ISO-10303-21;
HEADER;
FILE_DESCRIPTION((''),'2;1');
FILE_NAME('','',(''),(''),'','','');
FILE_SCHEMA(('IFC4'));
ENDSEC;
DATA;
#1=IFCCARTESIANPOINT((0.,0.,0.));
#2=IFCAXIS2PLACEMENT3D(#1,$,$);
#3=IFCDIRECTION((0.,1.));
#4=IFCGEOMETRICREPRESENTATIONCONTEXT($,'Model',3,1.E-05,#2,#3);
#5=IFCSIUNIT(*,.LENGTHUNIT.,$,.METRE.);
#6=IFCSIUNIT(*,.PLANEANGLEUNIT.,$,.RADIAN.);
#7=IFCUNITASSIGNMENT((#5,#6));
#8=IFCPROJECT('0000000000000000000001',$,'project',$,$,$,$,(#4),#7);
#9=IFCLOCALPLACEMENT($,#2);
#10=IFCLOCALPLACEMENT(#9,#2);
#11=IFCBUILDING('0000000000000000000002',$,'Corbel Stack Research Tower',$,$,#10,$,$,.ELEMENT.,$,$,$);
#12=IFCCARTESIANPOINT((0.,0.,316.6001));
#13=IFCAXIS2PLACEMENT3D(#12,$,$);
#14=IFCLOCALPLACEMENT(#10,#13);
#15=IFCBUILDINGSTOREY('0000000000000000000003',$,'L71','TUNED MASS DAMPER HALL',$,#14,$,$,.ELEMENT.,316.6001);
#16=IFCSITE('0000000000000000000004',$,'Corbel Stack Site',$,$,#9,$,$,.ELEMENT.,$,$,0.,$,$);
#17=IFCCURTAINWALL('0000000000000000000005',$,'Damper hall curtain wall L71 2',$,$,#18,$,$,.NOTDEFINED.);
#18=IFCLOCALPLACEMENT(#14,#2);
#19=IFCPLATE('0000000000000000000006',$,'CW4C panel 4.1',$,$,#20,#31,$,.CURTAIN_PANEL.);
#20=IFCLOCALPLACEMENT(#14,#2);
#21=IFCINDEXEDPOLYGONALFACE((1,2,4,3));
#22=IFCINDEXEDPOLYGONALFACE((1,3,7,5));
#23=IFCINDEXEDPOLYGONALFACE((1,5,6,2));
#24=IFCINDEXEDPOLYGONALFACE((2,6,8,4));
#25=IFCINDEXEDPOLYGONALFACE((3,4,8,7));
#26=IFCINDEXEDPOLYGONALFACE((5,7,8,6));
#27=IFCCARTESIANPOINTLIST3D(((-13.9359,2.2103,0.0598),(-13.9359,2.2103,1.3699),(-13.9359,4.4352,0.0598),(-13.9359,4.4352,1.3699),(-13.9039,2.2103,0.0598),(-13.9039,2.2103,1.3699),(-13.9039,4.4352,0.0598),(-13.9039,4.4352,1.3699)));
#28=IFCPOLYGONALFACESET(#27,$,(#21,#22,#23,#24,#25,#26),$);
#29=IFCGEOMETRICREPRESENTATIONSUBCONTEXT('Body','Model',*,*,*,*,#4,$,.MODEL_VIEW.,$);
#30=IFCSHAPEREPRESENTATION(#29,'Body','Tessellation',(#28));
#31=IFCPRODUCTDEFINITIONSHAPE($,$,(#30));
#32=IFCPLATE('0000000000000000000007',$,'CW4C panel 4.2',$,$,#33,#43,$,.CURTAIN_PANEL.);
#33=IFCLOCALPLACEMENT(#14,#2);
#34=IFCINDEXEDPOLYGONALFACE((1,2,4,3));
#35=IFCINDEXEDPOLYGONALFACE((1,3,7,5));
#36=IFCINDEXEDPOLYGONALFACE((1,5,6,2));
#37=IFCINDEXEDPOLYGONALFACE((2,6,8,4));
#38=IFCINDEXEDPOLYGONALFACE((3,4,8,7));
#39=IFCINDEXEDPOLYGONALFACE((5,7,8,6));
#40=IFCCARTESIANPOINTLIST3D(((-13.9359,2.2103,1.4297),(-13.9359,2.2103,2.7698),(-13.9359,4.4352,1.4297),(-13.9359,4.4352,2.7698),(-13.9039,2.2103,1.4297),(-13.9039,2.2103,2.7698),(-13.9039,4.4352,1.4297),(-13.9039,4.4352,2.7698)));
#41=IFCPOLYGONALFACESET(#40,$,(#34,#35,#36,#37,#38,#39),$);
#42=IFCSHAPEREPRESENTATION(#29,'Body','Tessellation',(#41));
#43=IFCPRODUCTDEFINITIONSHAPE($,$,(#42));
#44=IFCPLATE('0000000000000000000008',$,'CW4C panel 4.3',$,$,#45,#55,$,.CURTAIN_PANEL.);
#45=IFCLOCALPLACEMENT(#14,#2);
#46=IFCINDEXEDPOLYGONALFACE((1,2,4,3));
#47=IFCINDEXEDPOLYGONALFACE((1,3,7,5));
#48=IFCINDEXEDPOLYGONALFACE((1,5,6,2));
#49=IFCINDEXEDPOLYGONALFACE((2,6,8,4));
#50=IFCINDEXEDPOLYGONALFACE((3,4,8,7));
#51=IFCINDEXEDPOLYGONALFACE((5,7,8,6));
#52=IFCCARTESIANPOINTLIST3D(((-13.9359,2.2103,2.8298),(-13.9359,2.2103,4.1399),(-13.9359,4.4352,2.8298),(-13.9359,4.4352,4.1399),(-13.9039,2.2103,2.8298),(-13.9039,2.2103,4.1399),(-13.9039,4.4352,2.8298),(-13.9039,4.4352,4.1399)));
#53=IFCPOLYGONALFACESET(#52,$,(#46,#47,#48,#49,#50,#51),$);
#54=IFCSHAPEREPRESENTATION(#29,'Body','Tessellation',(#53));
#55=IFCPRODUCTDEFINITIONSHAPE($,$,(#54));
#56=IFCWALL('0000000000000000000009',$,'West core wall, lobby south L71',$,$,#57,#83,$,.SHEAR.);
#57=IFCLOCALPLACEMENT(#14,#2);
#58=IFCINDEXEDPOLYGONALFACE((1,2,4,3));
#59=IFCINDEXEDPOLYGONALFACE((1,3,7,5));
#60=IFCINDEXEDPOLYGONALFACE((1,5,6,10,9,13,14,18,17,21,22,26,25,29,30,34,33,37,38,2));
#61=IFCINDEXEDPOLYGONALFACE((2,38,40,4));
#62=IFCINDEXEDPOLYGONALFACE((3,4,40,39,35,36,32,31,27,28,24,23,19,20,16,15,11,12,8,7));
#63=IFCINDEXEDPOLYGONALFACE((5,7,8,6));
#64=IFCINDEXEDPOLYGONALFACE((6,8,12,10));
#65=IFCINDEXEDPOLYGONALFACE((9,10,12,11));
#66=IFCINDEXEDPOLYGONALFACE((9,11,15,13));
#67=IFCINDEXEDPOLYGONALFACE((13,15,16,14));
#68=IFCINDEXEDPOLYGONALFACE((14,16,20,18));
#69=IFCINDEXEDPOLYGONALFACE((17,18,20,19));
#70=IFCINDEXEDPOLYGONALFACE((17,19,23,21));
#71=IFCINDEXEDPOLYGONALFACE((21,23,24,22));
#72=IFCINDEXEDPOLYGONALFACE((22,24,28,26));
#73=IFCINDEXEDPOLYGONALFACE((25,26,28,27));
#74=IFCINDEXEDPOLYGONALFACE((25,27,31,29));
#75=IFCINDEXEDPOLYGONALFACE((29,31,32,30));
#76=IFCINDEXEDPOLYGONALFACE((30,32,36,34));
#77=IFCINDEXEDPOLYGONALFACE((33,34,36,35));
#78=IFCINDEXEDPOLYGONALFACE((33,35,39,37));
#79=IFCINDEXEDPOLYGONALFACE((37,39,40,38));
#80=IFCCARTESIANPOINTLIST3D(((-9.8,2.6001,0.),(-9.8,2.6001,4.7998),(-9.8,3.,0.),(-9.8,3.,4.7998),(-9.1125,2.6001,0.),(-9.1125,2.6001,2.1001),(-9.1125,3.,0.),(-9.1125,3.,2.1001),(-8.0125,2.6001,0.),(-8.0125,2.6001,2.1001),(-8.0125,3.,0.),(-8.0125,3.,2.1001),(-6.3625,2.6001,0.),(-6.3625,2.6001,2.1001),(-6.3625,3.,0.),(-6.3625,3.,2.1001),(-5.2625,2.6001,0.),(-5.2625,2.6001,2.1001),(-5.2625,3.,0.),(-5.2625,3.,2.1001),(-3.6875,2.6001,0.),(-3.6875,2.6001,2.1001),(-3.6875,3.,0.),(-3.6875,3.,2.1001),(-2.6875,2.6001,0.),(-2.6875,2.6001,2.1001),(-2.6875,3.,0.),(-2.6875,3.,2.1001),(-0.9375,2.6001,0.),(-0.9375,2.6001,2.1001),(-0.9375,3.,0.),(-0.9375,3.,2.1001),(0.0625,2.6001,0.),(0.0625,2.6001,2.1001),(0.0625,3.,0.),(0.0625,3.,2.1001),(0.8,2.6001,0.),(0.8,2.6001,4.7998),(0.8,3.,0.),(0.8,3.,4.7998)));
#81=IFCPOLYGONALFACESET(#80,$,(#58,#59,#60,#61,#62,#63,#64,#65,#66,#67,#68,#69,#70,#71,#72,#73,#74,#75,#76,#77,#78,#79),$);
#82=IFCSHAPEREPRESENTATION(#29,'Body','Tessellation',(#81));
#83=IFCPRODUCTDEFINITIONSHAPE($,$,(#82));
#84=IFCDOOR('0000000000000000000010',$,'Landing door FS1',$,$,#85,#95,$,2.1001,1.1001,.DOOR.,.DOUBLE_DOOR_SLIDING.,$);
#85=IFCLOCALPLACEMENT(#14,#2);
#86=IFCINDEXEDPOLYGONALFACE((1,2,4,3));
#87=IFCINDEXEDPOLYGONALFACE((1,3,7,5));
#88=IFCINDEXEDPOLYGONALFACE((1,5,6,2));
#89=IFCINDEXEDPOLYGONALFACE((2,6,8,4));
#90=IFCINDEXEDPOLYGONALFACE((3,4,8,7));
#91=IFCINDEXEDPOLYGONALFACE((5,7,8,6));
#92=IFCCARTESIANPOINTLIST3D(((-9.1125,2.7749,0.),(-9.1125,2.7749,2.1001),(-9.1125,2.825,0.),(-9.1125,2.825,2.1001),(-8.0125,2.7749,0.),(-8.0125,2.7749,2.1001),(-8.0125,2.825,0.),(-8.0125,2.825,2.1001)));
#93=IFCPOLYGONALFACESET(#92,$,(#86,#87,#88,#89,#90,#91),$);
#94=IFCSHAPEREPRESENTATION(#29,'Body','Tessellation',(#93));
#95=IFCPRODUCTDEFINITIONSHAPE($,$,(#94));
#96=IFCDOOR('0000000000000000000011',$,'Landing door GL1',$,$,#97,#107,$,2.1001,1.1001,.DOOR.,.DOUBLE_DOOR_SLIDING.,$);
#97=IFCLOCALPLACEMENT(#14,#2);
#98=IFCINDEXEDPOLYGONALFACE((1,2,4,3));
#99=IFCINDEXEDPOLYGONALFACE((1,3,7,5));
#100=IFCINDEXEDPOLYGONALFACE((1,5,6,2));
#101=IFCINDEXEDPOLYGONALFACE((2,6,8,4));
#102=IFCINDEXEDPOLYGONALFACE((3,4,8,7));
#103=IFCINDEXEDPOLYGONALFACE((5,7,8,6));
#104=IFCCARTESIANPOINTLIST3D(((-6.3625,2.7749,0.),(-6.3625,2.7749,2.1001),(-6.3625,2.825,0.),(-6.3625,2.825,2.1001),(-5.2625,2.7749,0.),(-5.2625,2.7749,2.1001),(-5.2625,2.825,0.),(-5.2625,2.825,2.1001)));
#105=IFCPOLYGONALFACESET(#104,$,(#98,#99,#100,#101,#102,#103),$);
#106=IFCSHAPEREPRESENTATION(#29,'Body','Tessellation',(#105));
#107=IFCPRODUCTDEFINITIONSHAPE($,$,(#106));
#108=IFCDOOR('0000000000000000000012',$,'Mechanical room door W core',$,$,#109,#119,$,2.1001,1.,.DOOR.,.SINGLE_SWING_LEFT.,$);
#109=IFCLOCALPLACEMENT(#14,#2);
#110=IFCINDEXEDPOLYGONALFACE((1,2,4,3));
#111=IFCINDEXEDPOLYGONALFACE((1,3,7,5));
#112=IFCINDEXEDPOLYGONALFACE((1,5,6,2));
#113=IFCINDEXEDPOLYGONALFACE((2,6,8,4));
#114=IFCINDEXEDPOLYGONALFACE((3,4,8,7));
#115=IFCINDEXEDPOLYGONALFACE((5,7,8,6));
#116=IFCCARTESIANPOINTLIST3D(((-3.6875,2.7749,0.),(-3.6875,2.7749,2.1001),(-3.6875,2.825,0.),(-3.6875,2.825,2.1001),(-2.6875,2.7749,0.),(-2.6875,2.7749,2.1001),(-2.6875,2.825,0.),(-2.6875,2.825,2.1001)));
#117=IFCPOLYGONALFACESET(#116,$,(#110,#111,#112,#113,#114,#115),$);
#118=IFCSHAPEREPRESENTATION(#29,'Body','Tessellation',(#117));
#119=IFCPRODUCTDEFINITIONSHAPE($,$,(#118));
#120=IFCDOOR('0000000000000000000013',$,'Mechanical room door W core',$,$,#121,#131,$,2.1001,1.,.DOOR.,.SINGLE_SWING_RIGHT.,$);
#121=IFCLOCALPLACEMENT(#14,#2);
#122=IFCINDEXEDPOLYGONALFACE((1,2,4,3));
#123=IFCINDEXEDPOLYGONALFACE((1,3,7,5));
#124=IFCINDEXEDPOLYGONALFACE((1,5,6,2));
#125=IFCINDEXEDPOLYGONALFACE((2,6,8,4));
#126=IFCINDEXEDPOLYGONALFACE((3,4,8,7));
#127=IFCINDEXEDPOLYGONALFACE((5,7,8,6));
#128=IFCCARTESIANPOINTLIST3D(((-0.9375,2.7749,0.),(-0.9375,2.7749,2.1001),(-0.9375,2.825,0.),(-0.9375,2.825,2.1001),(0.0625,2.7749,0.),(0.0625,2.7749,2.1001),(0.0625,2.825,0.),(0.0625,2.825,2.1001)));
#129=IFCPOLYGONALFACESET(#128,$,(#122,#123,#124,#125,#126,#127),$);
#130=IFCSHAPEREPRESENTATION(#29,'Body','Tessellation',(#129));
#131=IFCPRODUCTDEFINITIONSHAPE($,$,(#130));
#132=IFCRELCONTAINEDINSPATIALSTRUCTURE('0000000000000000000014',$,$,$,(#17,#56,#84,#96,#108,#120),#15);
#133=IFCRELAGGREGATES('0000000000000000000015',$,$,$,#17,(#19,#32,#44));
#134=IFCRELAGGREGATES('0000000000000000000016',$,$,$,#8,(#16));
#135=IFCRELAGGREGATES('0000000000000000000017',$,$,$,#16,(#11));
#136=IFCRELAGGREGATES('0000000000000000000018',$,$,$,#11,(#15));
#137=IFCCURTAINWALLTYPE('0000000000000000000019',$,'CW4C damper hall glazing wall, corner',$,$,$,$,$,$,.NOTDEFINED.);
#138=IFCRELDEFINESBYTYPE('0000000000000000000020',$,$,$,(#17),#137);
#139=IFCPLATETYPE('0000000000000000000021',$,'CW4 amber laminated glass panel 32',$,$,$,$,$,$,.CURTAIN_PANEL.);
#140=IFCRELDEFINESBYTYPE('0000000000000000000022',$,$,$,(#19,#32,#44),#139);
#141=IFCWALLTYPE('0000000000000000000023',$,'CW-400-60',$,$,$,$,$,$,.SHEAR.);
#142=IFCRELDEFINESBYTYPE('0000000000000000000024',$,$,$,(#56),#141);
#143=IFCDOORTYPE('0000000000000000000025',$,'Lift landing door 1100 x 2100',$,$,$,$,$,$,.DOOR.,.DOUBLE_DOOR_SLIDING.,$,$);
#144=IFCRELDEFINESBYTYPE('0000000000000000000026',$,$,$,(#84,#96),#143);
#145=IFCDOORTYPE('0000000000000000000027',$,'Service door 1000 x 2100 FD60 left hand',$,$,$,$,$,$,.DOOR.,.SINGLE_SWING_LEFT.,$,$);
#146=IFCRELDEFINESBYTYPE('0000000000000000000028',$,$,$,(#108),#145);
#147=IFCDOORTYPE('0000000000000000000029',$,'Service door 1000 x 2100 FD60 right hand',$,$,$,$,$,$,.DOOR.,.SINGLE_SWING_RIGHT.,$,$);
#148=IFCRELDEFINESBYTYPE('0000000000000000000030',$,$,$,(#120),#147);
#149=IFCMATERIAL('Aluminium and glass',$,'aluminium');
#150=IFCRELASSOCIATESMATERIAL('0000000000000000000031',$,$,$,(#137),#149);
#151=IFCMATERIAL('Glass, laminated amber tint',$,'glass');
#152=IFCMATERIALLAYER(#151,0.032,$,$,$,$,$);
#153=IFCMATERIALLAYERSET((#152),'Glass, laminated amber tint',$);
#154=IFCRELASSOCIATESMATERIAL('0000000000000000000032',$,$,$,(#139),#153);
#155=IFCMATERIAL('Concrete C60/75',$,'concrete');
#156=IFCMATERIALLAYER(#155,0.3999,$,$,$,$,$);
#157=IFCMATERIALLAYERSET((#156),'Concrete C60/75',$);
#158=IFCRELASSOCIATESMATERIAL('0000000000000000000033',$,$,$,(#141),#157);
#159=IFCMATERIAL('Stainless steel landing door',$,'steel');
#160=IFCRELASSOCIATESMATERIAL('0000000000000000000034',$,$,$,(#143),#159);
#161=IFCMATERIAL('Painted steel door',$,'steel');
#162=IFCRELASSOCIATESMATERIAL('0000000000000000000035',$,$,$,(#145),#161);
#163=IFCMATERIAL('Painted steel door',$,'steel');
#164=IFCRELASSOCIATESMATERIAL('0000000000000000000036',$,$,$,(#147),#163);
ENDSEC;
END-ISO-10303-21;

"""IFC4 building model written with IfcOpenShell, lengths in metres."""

from ifc_helpers import new_model, si_unit, direction, frame, frame_2d, origin, origin_2d, place, context, subcontext, project, spatial, rectangle, extrude, material, layer, layer_set, type_object, element, fill, aggregate, save


model = new_model("IFC4")

# Units and contexts
model_context = context("Model", 3, precision=1e-05, world=origin(), true_north=direction((0.0, 1.0)))
body_context = subcontext(model_context, "Body", "Model", "MODEL_VIEW")
ifc_project = project(units=[si_unit("LENGTHUNIT", "METRE"), si_unit("PLANEANGLEUNIT", "RADIAN")], contexts=[model_context])

# Site, building, storey
site_placement = place(None, origin())
site = spatial("IfcSite", under=ifc_project, at=site_placement, Name="Corbel Stack Site", CompositionType="ELEMENT", RefElevation=0.0)
building_placement = place(site_placement, origin())
building = spatial("IfcBuilding", under=site, at=building_placement, Name="Corbel Stack Research Tower", CompositionType="ELEMENT")
storey_placement = place(building_placement, frame((0.0, 0.0, 316.6001)))
storey = spatial("IfcBuildingStorey", under=building, at=storey_placement, Name="L71", Description="TUNED MASS DAMPER HALL", CompositionType="ELEMENT", Elevation=316.6001)

# Curtain wall
ifc_material_1 = material(Name="Aluminium and glass", Category="aluminium")
curtain_wall_type = type_object("IfcCurtainWallType", Name="CW4C damper hall glazing wall, corner", PredefinedType="NOTDEFINED", material=ifc_material_1)
curtain_wall_placement = place(storey_placement, origin())
curtain_wall = element("IfcCurtainWall", 1, at=curtain_wall_placement, inside=storey, type_object=curtain_wall_type, Name="Damper hall curtain wall L71 2", PredefinedType="NOTDEFINED")

# Plates
ifc_material_2 = material(Name="Glass, laminated amber tint", Category="glass")
ifc_layer_1 = layer(ifc_material_2, 0.032)
ifc_layer_set_1 = layer_set([ifc_layer_1], Name="Glass, laminated amber tint")
plate_type = type_object("IfcPlateType", Name="CW4 amber laminated glass panel 32", PredefinedType="CURTAIN_PANEL", material=ifc_layer_set_1)
plate_1_placement = place(storey_placement, frame((-13.9199, 3.3228, 0.0598), z_axis=(0.0, 0.0, 1.0), x_axis=(0.0, 1.0, 0.0)))
plate_1 = element("IfcPlate", 2, at=plate_1_placement, type_object=plate_type, Name="CW4C panel 4.1", PredefinedType="CURTAIN_PANEL", context=body_context, shape_type="SweptSolid", body=[
    extrude(rectangle(XDim=2.2249, YDim=0.032, at=origin_2d()), origin(), (0.0, 0.0, 1.0), 1.3101),
])
plate_2_placement = place(storey_placement, frame((-13.9199, 3.3228, 1.4297), z_axis=(0.0, 0.0, 1.0), x_axis=(0.0, 1.0, 0.0)))
plate_2 = element("IfcPlate", 3, at=plate_2_placement, type_object=plate_type, Name="CW4C panel 4.2", PredefinedType="CURTAIN_PANEL", context=body_context, shape_type="SweptSolid", body=[
    extrude(rectangle(XDim=2.2249, YDim=0.032, at=origin_2d()), origin(), (0.0, 0.0, 1.0), 1.3401),
])
plate_3_placement = place(storey_placement, frame((-13.9199, 3.3228, 2.8298), z_axis=(0.0, 0.0, 1.0), x_axis=(0.0, 1.0, 0.0)))
plate_3 = element("IfcPlate", 4, at=plate_3_placement, type_object=plate_type, Name="CW4C panel 4.3", PredefinedType="CURTAIN_PANEL", context=body_context, shape_type="SweptSolid", body=[
    extrude(rectangle(XDim=2.2249, YDim=0.032, at=origin_2d()), origin(), (0.0, 0.0, 1.0), 1.3101),
])
aggregate(curtain_wall, [plate_1, plate_2, plate_3])

# Wall, openings, doors
ifc_material_3 = material(Name="Concrete C60/75", Category="concrete")
ifc_layer_2 = layer(ifc_material_3, 0.3999)
ifc_layer_set_2 = layer_set([ifc_layer_2], Name="Concrete C60/75")
wall_type = type_object("IfcWallType", Name="CW-400-60", PredefinedType="SHEAR", material=ifc_layer_set_2)
wall_placement = place(storey_placement, frame((-9.8, 2.8, 0.0), z_axis=(0.0, 0.0, 1.0), x_axis=(1.0, 0.0, 0.0)))
wall = element("IfcWall", 5, at=wall_placement, inside=storey, type_object=wall_type, Name="West core wall, lobby south L71", PredefinedType="SHEAR", context=body_context, shape_type="SweptSolid", body=[
    extrude(rectangle(XDim=10.6001, YDim=0.3999, at=frame_2d((5.3, 0.0))), origin(), (0.0, 0.0, 1.0), 4.7998),
])
opening_1_placement = place(wall_placement, frame((0.6875, 0.0, 0.0)))
opening_1 = element("IfcOpeningElement", 6, at=opening_1_placement, cuts=wall, PredefinedType="OPENING", context=body_context, shape_type="SweptSolid", body=[
    extrude(rectangle(XDim=1.1001, YDim=2.1001, at=frame_2d((0.55, 1.05))), frame((0.0, 0.21, 0.0), z_axis=(0.0, -1.0, 0.0), x_axis=(1.0, 0.0, 0.0)), (0.0, 0.0, 1.0), 0.4199),
])
opening_2_placement = place(wall_placement, frame((3.4375, 0.0, 0.0)))
opening_2 = element("IfcOpeningElement", 7, at=opening_2_placement, cuts=wall, PredefinedType="OPENING", context=body_context, shape_type="SweptSolid", body=[
    extrude(rectangle(XDim=1.1001, YDim=2.1001, at=frame_2d((0.55, 1.05))), frame((0.0, 0.21, 0.0), z_axis=(0.0, -1.0, 0.0), x_axis=(1.0, 0.0, 0.0)), (0.0, 0.0, 1.0), 0.4199),
])
opening_3_placement = place(wall_placement, frame((6.1125, 0.0, 0.0)))
opening_3 = element("IfcOpeningElement", 8, at=opening_3_placement, cuts=wall, PredefinedType="OPENING", context=body_context, shape_type="SweptSolid", body=[
    extrude(rectangle(XDim=1.0, YDim=2.1001, at=frame_2d((0.5, 1.05))), frame((0.0, 0.21, 0.0), z_axis=(0.0, -1.0, 0.0), x_axis=(1.0, 0.0, 0.0)), (0.0, 0.0, 1.0), 0.4199),
])
opening_4_placement = place(wall_placement, frame((8.8625, 0.0, 0.0)))
opening_4 = element("IfcOpeningElement", 9, at=opening_4_placement, cuts=wall, PredefinedType="OPENING", context=body_context, shape_type="SweptSolid", body=[
    extrude(rectangle(XDim=1.0, YDim=2.1001, at=frame_2d((0.5, 1.05))), frame((0.0, 0.21, 0.0), z_axis=(0.0, -1.0, 0.0), x_axis=(1.0, 0.0, 0.0)), (0.0, 0.0, 1.0), 0.4199),
])
ifc_material_4 = material(Name="Stainless steel landing door", Category="steel")
door_type_1 = type_object("IfcDoorType", Name="Lift landing door 1100 x 2100", OperationType="DOUBLE_DOOR_SLIDING", PredefinedType="DOOR", material=ifc_material_4)
door_1_placement = place(opening_1_placement, origin())
door_1 = element("IfcDoor", 10, at=door_1_placement, inside=storey, type_object=door_type_1, Name="Landing door FS1", OperationType="DOUBLE_DOOR_SLIDING", OverallHeight=2.1001, OverallWidth=1.1001, PredefinedType="DOOR", context=body_context, shape_type="SweptSolid", body=[
    extrude(rectangle(XDim=1.1001, YDim=2.1001, at=frame_2d((0.55, 1.05))), frame((0.0, 0.0249, 0.0), z_axis=(0.0, -1.0, 0.0), x_axis=(1.0, 0.0, 0.0)), (0.0, 0.0, 1.0), 0.05),
])
fill(opening_1, door_1)
door_2_placement = place(opening_2_placement, origin())
door_2 = element("IfcDoor", 11, at=door_2_placement, inside=storey, type_object=door_type_1, Name="Landing door GL1", OperationType="DOUBLE_DOOR_SLIDING", OverallHeight=2.1001, OverallWidth=1.1001, PredefinedType="DOOR", context=body_context, shape_type="SweptSolid", body=[
    extrude(rectangle(XDim=1.1001, YDim=2.1001, at=frame_2d((0.55, 1.05))), frame((0.0, 0.0249, 0.0), z_axis=(0.0, -1.0, 0.0), x_axis=(1.0, 0.0, 0.0)), (0.0, 0.0, 1.0), 0.05),
])
fill(opening_2, door_2)
ifc_material_5 = material(Name="Painted steel door", Category="steel")
door_type_2 = type_object("IfcDoorType", Name="Service door 1000 x 2100 FD60 left hand", OperationType="SINGLE_SWING_LEFT", PredefinedType="DOOR", material=ifc_material_5)
door_3_placement = place(opening_3_placement, origin())
door_3 = element("IfcDoor", 12, at=door_3_placement, inside=storey, type_object=door_type_2, Name="Mechanical room door W core", OperationType="SINGLE_SWING_LEFT", OverallHeight=2.1001, OverallWidth=1.0, PredefinedType="DOOR", context=body_context, shape_type="SweptSolid", body=[
    extrude(rectangle(XDim=1.0, YDim=2.1001, at=frame_2d((0.5, 1.05))), frame((0.0, 0.0249, 0.0), z_axis=(0.0, -1.0, 0.0), x_axis=(1.0, 0.0, 0.0)), (0.0, 0.0, 1.0), 0.05),
])
fill(opening_3, door_3)
ifc_material_6 = material(Name="Painted steel door", Category="steel")
door_type_3 = type_object("IfcDoorType", Name="Service door 1000 x 2100 FD60 right hand", OperationType="SINGLE_SWING_RIGHT", PredefinedType="DOOR", material=ifc_material_6)
door_4_placement = place(opening_4_placement, origin())
door_4 = element("IfcDoor", 13, at=door_4_placement, inside=storey, type_object=door_type_3, Name="Mechanical room door W core", OperationType="SINGLE_SWING_RIGHT", OverallHeight=2.1001, OverallWidth=1.0, PredefinedType="DOOR", context=body_context, shape_type="SweptSolid", body=[
    extrude(rectangle(XDim=1.0, YDim=2.1001, at=frame_2d((0.5, 1.05))), frame((0.0, 0.0249, 0.0), z_axis=(0.0, -1.0, 0.0), x_axis=(1.0, 0.0, 0.0)), (0.0, 0.0, 1.0), 0.05),
])
fill(opening_4, door_4)

save(model, "model.ifc")
